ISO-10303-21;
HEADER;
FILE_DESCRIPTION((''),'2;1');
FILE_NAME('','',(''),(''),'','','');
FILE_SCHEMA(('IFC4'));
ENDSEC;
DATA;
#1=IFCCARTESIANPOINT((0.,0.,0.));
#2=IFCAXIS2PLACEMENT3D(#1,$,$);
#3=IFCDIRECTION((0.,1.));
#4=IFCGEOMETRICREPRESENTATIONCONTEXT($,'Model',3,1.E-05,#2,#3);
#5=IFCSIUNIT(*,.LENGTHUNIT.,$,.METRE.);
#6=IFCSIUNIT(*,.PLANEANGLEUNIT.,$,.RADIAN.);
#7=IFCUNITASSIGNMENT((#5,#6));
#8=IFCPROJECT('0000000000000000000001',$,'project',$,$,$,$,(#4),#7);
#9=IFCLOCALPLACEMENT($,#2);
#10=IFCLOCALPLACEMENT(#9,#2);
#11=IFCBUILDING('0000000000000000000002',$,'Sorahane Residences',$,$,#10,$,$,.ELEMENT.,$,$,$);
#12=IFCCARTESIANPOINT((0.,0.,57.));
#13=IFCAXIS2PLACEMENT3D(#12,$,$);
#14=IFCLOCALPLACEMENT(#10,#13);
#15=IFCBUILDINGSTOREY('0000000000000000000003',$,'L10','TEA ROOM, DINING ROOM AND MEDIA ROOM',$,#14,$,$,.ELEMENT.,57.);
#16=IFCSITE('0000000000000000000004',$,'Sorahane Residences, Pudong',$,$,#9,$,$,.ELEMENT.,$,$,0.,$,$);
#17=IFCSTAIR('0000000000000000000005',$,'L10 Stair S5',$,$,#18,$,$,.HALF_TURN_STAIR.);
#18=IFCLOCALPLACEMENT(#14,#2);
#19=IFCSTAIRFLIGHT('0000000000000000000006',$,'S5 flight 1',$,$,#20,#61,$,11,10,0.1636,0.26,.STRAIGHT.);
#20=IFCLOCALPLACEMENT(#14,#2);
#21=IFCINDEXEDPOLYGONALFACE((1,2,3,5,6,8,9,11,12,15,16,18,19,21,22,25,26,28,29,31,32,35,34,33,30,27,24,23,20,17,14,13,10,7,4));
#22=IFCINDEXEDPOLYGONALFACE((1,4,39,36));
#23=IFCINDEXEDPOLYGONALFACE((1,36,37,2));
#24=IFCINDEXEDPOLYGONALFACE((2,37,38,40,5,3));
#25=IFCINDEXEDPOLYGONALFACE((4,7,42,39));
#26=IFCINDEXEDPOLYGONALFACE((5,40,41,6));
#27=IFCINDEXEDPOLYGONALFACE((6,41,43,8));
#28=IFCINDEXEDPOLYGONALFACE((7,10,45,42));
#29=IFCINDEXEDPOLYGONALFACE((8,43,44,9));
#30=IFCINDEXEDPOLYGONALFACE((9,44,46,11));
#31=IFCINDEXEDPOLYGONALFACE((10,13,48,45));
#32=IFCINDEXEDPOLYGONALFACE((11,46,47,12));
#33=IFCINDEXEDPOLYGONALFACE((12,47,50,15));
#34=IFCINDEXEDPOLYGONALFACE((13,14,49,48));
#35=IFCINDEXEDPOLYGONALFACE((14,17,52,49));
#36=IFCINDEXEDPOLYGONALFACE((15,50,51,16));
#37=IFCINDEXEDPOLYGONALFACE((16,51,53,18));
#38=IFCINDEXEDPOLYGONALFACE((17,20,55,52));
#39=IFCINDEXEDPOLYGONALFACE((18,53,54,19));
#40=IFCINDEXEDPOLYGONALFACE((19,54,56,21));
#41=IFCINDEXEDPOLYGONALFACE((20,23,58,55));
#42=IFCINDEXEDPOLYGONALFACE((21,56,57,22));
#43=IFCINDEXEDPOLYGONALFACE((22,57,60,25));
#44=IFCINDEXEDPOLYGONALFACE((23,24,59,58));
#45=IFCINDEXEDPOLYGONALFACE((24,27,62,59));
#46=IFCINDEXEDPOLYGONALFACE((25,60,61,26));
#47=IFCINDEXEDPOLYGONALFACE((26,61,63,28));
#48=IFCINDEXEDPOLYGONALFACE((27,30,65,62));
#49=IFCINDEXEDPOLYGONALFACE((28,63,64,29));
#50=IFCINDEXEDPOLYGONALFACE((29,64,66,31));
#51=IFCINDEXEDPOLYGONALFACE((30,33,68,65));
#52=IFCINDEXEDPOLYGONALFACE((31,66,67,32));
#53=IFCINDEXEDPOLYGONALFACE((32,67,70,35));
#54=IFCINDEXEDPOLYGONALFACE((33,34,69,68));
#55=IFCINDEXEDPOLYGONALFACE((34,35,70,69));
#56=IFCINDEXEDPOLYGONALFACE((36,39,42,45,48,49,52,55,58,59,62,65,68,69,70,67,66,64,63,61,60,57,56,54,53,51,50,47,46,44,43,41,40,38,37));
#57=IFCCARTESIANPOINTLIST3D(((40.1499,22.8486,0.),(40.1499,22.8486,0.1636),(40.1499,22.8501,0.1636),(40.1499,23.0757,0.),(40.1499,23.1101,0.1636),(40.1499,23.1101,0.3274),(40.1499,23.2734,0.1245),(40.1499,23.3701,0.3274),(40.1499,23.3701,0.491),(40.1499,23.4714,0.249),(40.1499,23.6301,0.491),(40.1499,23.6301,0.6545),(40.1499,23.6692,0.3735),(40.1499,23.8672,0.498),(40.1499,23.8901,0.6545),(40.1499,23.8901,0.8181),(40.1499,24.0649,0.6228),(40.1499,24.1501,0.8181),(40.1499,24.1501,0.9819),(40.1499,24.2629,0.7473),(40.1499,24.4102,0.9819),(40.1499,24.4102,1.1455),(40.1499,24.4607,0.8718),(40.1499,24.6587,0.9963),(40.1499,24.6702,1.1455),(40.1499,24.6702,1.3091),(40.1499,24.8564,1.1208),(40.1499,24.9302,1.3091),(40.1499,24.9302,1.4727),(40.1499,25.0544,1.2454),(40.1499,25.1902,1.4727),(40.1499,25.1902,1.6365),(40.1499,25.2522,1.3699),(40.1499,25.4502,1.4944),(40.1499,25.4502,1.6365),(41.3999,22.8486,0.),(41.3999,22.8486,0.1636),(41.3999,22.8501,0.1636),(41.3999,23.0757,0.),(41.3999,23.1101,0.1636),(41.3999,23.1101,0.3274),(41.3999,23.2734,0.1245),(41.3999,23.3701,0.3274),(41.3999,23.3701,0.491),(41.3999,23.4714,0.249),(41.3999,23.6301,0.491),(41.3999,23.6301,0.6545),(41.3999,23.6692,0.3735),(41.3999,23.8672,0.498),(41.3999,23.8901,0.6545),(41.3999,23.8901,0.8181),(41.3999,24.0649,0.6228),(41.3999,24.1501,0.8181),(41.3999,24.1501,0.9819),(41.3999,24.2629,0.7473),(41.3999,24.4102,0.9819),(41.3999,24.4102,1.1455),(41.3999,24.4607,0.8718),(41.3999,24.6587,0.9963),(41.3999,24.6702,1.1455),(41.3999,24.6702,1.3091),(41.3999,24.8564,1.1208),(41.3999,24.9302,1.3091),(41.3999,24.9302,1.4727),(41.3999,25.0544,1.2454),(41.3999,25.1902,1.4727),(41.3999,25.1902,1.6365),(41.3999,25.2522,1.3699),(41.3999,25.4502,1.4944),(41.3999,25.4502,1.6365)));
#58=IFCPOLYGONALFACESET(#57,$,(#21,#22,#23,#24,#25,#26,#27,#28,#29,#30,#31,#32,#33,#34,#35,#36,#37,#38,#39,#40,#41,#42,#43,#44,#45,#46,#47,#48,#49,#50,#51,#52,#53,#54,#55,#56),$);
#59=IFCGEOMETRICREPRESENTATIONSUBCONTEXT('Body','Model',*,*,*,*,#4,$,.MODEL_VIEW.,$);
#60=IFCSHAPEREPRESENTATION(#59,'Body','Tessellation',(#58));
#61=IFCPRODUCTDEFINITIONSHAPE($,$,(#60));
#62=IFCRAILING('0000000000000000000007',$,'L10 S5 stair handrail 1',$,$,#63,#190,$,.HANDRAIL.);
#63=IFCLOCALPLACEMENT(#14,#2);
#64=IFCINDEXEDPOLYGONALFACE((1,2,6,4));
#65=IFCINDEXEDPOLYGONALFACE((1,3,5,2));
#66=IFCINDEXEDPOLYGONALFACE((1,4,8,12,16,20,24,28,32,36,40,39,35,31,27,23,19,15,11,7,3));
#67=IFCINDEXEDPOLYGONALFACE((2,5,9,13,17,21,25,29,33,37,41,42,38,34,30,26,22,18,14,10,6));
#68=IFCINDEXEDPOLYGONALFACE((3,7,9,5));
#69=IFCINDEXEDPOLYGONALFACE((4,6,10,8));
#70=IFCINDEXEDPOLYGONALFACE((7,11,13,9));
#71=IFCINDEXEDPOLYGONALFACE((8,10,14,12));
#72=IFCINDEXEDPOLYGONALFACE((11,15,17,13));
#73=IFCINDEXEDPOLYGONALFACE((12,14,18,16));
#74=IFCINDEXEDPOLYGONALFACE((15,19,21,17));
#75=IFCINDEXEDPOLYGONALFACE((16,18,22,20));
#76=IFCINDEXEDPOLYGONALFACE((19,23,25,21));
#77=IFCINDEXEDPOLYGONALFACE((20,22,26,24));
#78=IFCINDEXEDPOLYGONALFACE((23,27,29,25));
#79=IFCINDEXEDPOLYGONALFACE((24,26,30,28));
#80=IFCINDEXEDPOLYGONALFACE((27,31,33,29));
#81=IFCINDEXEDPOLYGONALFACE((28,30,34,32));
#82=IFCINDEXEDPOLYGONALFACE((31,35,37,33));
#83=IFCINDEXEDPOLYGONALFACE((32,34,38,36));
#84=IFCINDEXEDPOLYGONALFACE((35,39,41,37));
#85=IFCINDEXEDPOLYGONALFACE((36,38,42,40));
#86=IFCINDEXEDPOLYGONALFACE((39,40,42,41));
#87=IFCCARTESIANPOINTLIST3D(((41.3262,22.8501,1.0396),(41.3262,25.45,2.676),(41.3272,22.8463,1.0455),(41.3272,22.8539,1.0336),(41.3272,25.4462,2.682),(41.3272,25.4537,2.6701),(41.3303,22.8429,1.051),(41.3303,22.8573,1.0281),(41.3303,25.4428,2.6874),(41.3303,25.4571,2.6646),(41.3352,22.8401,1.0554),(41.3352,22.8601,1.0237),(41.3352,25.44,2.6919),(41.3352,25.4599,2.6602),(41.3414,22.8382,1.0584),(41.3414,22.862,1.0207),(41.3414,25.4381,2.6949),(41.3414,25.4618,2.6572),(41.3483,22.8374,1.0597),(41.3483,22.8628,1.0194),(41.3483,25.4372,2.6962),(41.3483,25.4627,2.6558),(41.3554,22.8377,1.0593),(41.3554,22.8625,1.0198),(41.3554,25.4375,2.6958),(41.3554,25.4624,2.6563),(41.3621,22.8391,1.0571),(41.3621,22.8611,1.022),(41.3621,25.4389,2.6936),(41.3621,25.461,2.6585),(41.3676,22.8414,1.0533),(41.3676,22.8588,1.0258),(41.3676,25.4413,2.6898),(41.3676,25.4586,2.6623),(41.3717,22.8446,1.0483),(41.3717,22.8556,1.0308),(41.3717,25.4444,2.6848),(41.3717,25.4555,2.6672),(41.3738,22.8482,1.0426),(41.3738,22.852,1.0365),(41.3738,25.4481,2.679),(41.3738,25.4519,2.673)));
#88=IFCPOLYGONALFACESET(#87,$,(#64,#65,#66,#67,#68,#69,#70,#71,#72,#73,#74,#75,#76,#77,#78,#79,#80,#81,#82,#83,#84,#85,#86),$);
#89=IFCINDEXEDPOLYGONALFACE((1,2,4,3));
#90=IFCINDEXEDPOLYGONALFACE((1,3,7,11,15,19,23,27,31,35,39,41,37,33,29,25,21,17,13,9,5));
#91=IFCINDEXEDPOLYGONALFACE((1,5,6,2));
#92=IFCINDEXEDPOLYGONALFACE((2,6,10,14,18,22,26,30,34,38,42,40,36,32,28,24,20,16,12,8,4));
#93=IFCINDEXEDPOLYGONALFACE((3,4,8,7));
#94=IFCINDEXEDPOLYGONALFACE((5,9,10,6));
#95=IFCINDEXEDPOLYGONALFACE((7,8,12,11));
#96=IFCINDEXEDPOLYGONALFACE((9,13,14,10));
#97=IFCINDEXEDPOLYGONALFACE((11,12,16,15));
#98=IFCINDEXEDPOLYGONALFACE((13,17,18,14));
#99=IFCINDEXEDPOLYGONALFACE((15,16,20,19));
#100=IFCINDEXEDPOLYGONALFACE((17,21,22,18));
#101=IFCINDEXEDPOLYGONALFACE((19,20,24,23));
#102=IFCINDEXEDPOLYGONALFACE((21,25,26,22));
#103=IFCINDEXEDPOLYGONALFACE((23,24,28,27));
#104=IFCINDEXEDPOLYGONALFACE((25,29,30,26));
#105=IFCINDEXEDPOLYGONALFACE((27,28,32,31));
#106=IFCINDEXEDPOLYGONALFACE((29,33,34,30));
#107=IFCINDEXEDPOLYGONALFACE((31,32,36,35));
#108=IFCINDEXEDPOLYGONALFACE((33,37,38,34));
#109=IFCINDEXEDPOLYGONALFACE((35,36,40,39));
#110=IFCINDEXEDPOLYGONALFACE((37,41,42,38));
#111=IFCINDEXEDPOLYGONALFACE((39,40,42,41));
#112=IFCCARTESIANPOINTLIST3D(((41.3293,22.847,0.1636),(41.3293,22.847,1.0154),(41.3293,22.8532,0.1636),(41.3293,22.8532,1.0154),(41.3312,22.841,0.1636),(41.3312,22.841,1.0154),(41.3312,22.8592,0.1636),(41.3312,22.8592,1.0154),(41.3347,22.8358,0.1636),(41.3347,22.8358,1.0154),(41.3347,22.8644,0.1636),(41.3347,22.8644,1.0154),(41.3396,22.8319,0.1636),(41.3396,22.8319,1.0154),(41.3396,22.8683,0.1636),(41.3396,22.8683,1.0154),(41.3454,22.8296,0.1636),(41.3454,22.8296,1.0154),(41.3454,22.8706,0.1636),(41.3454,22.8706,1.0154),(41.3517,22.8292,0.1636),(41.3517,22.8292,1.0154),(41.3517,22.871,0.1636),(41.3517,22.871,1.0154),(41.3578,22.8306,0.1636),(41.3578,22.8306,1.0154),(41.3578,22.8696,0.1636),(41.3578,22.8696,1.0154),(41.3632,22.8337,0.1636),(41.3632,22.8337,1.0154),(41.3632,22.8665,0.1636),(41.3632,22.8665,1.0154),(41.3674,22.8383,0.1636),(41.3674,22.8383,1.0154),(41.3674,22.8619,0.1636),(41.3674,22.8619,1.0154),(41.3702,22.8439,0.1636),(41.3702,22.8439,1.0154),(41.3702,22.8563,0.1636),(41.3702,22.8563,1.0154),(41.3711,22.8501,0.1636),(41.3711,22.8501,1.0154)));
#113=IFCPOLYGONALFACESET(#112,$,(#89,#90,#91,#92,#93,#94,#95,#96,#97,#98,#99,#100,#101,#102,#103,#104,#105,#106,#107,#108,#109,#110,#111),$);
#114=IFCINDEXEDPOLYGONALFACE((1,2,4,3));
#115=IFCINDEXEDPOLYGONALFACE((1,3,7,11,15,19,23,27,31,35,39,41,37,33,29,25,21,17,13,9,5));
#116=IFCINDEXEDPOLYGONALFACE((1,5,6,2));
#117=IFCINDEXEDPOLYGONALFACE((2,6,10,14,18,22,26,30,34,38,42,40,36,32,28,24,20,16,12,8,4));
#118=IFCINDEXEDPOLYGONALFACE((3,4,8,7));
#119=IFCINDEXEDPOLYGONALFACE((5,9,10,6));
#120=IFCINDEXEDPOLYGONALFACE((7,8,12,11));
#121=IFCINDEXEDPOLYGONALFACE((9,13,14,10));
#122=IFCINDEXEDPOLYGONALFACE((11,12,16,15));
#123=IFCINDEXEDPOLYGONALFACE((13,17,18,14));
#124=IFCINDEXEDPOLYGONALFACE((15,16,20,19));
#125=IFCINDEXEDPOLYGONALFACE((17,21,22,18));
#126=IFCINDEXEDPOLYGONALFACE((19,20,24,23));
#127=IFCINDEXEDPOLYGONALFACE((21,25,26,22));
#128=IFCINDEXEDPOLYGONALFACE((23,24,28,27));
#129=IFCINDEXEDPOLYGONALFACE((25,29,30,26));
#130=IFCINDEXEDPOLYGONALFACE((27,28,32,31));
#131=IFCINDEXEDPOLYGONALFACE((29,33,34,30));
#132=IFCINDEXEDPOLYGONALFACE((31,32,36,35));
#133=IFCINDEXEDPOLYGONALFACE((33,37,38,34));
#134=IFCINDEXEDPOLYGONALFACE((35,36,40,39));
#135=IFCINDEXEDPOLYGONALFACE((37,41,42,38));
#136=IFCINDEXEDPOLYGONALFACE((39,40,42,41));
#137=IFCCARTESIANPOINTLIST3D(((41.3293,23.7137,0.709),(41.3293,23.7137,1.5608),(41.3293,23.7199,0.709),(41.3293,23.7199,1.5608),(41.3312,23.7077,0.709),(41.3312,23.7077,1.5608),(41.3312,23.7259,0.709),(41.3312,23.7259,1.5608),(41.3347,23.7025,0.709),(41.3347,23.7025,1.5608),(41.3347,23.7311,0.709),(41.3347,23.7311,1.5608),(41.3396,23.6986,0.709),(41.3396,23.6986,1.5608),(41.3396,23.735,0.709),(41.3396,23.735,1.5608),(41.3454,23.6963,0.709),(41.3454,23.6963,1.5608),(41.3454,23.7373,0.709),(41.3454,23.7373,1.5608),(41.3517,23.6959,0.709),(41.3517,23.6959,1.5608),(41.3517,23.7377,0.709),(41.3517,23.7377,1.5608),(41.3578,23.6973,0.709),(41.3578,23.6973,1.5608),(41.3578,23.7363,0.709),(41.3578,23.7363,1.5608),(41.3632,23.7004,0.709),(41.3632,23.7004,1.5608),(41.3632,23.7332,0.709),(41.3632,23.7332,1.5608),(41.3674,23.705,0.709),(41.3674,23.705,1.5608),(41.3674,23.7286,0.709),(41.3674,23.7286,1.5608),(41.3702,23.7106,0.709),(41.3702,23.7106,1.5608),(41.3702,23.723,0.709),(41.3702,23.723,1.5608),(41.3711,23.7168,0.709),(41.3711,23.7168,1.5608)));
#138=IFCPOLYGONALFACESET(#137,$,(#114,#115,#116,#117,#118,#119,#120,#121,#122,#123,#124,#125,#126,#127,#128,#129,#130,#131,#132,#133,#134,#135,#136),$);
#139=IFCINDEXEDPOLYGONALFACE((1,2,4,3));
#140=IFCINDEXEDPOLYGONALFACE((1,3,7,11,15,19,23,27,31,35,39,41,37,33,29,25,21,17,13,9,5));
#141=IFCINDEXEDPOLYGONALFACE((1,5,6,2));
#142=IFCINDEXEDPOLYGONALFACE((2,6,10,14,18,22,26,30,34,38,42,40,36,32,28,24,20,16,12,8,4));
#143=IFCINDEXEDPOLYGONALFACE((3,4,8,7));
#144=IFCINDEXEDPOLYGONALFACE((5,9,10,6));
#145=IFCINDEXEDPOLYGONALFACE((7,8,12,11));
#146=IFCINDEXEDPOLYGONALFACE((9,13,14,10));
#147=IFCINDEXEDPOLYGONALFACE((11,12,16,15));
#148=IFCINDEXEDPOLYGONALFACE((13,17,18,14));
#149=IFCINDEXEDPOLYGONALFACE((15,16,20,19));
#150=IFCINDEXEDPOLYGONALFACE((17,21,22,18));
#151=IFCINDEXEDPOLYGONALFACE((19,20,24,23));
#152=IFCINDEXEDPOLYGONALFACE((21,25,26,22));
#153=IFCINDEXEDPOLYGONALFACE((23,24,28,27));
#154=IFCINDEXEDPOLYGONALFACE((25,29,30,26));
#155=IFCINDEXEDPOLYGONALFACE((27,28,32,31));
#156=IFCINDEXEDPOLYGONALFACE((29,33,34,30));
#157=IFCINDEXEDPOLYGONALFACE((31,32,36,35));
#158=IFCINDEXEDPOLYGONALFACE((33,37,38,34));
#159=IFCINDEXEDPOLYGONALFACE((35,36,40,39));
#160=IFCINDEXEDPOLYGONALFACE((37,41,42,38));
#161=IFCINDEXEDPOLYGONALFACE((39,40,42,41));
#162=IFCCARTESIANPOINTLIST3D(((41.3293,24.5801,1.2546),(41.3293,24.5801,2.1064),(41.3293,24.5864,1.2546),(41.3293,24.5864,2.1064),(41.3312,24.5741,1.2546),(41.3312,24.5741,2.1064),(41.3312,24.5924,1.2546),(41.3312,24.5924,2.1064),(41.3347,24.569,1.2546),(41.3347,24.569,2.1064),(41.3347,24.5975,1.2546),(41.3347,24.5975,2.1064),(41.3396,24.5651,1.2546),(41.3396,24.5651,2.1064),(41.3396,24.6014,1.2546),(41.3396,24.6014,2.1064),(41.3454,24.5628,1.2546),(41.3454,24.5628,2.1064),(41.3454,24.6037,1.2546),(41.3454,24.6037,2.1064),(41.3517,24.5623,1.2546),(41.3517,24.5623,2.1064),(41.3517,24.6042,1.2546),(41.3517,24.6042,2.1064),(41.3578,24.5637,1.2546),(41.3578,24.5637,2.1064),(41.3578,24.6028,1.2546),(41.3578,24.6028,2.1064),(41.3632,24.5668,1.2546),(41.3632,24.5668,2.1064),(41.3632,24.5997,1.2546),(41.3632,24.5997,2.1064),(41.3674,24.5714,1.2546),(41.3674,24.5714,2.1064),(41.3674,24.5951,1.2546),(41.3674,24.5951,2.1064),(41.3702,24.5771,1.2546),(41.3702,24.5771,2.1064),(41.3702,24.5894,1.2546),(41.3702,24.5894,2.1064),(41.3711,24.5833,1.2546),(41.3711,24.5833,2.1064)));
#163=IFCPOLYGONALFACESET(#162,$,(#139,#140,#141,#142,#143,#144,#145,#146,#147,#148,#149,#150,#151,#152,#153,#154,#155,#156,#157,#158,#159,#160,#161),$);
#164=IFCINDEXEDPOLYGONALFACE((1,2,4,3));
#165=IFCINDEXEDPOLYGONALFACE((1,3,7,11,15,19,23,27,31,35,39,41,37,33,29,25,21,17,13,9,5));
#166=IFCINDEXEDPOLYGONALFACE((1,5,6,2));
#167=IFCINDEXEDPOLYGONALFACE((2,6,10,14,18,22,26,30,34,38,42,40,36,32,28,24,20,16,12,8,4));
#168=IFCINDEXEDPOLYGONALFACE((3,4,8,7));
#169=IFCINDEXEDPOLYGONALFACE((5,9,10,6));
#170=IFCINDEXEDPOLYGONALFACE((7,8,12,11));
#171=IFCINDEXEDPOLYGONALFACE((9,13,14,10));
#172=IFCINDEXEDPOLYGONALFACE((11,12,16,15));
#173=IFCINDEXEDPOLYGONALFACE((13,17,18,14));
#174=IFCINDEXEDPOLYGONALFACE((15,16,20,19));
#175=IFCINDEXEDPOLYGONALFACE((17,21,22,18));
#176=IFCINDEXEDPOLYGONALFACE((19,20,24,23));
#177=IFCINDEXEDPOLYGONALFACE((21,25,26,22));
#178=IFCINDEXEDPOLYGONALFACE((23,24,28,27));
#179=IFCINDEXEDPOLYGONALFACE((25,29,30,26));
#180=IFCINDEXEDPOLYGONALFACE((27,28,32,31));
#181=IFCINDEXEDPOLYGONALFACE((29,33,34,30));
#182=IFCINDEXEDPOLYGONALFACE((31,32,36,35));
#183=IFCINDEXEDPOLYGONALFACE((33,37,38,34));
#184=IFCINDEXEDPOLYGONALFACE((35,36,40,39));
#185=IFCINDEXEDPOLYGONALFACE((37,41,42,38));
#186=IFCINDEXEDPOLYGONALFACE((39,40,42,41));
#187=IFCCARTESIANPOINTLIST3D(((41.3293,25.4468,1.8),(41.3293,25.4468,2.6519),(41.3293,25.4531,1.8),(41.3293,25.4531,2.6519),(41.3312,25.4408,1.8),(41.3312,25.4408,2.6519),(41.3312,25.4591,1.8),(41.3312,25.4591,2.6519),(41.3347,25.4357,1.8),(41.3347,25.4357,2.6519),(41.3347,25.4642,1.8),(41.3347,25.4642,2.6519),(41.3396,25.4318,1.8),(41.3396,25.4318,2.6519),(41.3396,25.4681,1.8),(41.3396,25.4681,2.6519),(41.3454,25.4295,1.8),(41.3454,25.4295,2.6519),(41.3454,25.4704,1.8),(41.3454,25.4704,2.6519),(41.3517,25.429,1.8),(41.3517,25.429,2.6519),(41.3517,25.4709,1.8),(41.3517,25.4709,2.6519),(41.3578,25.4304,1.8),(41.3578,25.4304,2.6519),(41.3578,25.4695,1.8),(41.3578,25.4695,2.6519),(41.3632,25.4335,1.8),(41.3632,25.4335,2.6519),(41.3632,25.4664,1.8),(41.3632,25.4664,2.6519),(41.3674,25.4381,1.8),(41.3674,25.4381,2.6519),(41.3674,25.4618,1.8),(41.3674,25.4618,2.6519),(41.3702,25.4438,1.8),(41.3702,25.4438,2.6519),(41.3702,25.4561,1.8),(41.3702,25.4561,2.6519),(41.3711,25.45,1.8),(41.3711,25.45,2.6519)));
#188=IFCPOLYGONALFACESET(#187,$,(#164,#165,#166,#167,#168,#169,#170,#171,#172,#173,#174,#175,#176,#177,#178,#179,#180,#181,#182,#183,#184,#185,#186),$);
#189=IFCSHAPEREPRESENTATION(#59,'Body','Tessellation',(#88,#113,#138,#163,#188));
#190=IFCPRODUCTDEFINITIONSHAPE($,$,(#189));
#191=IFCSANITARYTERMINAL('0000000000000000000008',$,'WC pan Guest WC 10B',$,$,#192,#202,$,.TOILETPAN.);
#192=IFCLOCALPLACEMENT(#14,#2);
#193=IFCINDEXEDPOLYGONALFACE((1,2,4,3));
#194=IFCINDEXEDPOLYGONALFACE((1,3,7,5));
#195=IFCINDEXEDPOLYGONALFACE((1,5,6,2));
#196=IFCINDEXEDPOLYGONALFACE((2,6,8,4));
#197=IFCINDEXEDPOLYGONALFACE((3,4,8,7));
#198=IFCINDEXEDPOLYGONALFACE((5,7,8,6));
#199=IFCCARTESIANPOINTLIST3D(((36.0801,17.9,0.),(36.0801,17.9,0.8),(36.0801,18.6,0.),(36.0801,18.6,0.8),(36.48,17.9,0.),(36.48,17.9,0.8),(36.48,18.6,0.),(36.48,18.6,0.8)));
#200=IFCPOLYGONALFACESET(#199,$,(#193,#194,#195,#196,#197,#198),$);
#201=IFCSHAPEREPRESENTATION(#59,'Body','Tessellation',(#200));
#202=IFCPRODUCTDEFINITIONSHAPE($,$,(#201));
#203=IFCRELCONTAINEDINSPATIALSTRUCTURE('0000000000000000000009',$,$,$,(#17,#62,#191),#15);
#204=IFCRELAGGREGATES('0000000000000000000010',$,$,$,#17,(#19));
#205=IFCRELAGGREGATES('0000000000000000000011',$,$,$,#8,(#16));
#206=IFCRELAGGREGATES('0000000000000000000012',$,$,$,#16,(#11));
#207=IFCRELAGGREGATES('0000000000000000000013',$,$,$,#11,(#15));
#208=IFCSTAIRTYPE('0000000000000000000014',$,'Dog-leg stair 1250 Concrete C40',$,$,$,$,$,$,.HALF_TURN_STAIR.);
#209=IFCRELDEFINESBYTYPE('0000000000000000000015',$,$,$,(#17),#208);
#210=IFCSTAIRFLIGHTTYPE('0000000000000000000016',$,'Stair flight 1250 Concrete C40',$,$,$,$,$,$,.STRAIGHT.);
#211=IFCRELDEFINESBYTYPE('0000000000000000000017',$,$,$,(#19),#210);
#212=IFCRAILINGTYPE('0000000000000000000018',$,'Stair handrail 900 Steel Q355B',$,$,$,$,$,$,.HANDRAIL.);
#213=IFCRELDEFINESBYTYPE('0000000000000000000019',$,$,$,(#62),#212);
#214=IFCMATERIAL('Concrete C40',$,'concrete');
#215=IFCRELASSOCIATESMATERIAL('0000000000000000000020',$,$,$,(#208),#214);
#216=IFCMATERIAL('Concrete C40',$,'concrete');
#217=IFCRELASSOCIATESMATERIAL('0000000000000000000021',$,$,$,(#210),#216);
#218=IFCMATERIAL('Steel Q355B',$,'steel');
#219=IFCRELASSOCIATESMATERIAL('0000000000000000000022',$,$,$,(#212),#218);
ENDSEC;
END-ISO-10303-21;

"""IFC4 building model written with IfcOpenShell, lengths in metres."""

from ifc_helpers import new_model, si_unit, direction, frame, origin, origin_2d, place, context, subcontext, project, spatial, polyline, rectangle, circle, outline, extrude, material, type_object, element, aggregate, save


model = new_model("IFC4")

# Units and contexts
model_context = context("Model", 3, precision=1e-05, world=origin(), true_north=direction((0.0, 1.0)))
body_context = subcontext(model_context, "Body", "Model", "MODEL_VIEW")
ifc_project = project(units=[si_unit("LENGTHUNIT", "METRE"), si_unit("PLANEANGLEUNIT", "RADIAN")], contexts=[model_context])

# Site, building, storey
site_placement = place(None, origin())
site = spatial("IfcSite", under=ifc_project, at=site_placement, Name="Sorahane Residences, Pudong", CompositionType="ELEMENT", RefElevation=0.0)
building_placement = place(site_placement, origin())
building = spatial("IfcBuilding", under=site, at=building_placement, Name="Sorahane Residences", CompositionType="ELEMENT")
storey_placement = place(building_placement, frame((0.0, 0.0, 57.0)))
storey = spatial("IfcBuildingStorey", under=building, at=storey_placement, Name="L10", Description="TEA ROOM, DINING ROOM AND MEDIA ROOM", CompositionType="ELEMENT", Elevation=57.0)

# Stair, stair flight
ifc_material_1 = material(Name="Concrete C40", Category="concrete")
stair_type = type_object("IfcStairType", Name="Dog-leg stair 1250 Concrete C40", PredefinedType="HALF_TURN_STAIR", material=ifc_material_1)
stair_placement = place(storey_placement, origin())
stair = element("IfcStair", 1, at=stair_placement, inside=storey, type_object=stair_type, Name="L10 Stair S5", PredefinedType="HALF_TURN_STAIR")
ifc_material_2 = material(Name="Concrete C40", Category="concrete")
stair_flight_type = type_object("IfcStairFlightType", Name="Stair flight 1250 Concrete C40", PredefinedType="STRAIGHT", material=ifc_material_2)
stair_flight_placement = place(storey_placement, frame((40.7749, 22.8501, 0.0), z_axis=(0.0, 0.0, 1.0), x_axis=(0.0, 1.0, 0.0)))
stair_flight = element("IfcStairFlight", 2, at=stair_flight_placement, type_object=stair_flight_type, Name="S5 flight 1", NumberOfRisers=11, NumberOfTreads=10, PredefinedType="STRAIGHT", RiserHeight=0.1636, TreadLength=0.26, context=body_context, shape_type="SweptSolid", body=[
    extrude(outline(polyline([(-0.0015, 0.0), (-0.0015, 0.1636), (0.0, 0.1636), (0.26, 0.1636), (0.26, 0.3274), (0.52, 0.3274), (0.52, 0.491), (0.78, 0.491), (0.78, 0.6545), (1.04, 0.6545), (1.04, 0.8181), (1.3, 0.8181), (1.3, 0.9819), (1.5601, 0.9819), (1.5601, 1.1455), (1.8201, 1.1455), (1.8201, 1.3091), (2.0801, 1.3091), (2.0801, 1.4727), (2.3401, 1.4727), (2.3401, 1.6365), (2.6001, 1.6365), (2.6001, 1.8), (2.6001, 1.4944), (2.4021, 1.3699), (2.2043, 1.2454), (2.0063, 1.1208), (1.8086, 0.9963), (1.6106, 0.8718), (1.4128, 0.7473), (1.2148, 0.6228), (1.0171, 0.498), (0.8191, 0.3735), (0.6213, 0.249), (0.4233, 0.1245), (0.2256, 0.0), (-0.0015, 0.0)])), frame((0.0, 0.625, 0.0), z_axis=(0.0, -1.0, 0.0), x_axis=(1.0, 0.0, 0.0)), (0.0, 0.0, 1.0), 1.25),
])
aggregate(stair, [stair_flight])

# Railing
ifc_material_3 = material(Name="Steel Q355B", Category="steel")
railing_type_1 = type_object("IfcRailingType", Name="Stair handrail 900 Steel Q355B", PredefinedType="HANDRAIL", material=ifc_material_3)
railing_1_placement = place(storey_placement, frame((41.3501, 22.8501, 0.1636)))
element("IfcRailing", 3, at=railing_1_placement, inside=storey, type_object=railing_type_1, Name="L10 S5 stair handrail 1", PredefinedType="HANDRAIL", context=body_context, shape_type="SweptSolid", body=[
    extrude(circle(Radius=0.0239, at=origin_2d()), frame((0.0, 0.0, 0.876), z_axis=(0.0, 0.846302, 0.532704), x_axis=(-1.0, 0.0, 0.0)), (0.0, 0.0, 1.0), 3.072),
    extrude(circle(Radius=0.021, at=origin_2d()), origin(), (0.0, 0.0, 1.0), 0.8518),
    extrude(circle(Radius=0.021, at=origin_2d()), frame((0.0, 0.8667, 0.5454)), (0.0, 0.0, 1.0), 0.8518),
    extrude(circle(Radius=0.021, at=origin_2d()), frame((0.0, 1.7332, 1.0911)), (0.0, 0.0, 1.0), 0.8518),
    extrude(circle(Radius=0.021, at=origin_2d()), frame((0.0, 2.5999, 1.6365)), (0.0, 0.0, 1.0), 0.8518),
])

# Sanitary terminal
sanitary_terminal_1_placement = place(storey_placement, frame((36.28, 18.25, 0.0), z_axis=(0.0, 0.0, 1.0), x_axis=(1.0, 0.0, 0.0)))
element("IfcSanitaryTerminal", 4, at=sanitary_terminal_1_placement, inside=storey, Name="WC pan Guest WC 10B", PredefinedType="TOILETPAN", context=body_context, shape_type="SweptSolid", body=[
    extrude(rectangle(XDim=0.3999, YDim=0.7, at=origin_2d()), origin(), (0.0, 0.0, 1.0), 0.8),
])

save(model, "model.ifc")
